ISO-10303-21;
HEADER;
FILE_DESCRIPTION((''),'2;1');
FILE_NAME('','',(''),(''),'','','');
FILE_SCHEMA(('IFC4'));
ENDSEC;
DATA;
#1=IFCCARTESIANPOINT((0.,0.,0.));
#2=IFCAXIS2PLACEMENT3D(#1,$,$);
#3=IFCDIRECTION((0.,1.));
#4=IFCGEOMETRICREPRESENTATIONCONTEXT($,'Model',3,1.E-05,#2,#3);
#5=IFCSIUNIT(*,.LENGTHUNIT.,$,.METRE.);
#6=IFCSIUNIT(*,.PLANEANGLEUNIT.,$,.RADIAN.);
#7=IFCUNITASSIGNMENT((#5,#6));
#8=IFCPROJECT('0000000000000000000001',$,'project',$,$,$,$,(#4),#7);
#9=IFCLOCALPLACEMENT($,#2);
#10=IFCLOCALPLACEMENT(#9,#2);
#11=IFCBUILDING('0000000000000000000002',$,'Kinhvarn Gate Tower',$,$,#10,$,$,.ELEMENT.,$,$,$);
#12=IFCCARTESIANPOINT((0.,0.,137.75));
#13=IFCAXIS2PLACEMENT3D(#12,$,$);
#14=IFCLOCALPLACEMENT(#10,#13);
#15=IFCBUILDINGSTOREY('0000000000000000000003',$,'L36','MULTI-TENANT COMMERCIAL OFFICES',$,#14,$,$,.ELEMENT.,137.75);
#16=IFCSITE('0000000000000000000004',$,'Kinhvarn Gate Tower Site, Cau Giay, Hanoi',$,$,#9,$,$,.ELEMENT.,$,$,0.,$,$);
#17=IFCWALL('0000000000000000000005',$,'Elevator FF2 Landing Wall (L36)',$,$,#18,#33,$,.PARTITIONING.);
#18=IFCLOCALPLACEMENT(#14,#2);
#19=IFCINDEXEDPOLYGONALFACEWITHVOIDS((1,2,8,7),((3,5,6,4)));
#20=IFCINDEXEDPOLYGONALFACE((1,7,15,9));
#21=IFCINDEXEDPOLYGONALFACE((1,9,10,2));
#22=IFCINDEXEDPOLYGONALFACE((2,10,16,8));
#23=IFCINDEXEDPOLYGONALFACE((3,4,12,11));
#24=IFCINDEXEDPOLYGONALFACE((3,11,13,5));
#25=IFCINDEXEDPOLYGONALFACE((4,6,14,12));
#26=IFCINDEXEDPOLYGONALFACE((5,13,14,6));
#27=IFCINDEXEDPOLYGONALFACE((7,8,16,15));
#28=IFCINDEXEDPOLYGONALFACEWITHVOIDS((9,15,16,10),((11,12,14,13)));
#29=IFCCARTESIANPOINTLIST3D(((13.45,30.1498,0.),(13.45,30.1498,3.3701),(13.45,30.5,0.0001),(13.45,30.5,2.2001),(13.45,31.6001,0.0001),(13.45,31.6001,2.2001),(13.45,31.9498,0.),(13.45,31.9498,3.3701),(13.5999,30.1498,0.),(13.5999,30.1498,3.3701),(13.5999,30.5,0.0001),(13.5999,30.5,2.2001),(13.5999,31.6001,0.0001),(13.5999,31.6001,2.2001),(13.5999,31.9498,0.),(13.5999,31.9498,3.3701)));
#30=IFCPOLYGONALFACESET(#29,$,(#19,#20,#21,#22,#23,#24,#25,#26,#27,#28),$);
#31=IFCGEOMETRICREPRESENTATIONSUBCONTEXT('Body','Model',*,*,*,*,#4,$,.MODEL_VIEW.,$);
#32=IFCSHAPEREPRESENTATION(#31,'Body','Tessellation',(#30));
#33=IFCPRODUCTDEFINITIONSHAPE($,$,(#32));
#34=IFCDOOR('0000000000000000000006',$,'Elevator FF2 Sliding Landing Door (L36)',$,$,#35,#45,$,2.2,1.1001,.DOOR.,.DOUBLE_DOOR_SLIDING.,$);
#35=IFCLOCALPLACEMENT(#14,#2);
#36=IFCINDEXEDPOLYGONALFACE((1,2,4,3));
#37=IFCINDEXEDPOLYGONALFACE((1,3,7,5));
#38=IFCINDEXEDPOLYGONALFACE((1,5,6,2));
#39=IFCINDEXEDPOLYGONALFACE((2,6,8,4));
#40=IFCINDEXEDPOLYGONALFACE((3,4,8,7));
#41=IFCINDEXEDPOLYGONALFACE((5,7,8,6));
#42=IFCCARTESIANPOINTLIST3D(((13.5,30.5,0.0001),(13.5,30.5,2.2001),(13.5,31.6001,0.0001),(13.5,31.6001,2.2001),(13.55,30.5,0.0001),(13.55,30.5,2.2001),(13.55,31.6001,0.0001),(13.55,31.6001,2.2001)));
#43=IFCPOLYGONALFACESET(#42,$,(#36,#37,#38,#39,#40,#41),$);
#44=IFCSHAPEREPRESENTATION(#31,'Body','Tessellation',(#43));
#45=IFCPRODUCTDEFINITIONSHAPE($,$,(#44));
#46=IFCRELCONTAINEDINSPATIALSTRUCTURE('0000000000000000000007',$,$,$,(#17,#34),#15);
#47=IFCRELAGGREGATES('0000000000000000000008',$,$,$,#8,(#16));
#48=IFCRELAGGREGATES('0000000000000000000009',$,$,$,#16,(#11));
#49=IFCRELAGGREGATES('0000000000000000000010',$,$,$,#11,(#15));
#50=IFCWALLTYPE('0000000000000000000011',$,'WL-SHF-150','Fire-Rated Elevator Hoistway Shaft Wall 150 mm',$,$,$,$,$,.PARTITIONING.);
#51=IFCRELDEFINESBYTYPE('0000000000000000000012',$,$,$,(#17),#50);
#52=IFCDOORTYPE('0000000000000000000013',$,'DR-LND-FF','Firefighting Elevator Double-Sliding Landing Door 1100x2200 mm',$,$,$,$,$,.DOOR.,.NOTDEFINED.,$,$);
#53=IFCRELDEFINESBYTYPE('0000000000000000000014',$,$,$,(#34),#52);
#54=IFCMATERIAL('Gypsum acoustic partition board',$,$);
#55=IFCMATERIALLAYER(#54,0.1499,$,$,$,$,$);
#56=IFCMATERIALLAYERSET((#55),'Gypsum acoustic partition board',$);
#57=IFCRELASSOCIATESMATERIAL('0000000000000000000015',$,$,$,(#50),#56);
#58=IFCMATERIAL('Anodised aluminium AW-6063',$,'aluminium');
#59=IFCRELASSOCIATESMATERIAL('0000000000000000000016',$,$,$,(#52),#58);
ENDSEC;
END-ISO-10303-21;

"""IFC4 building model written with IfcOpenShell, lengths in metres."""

from ifc_helpers import new_model, si_unit, direction, frame, frame_2d, origin, place, context, subcontext, project, spatial, rectangle, extrude, material, layer, layer_set, type_object, element, fill, save


model = new_model("IFC4")

# Units and contexts
model_context = context("Model", 3, precision=1e-05, world=origin(), true_north=direction((0.0, 1.0)))
body_context = subcontext(model_context, "Body", "Model", "MODEL_VIEW")
ifc_project = project(units=[si_unit("LENGTHUNIT", "METRE"), si_unit("PLANEANGLEUNIT", "RADIAN")], contexts=[model_context])

# Site, building, storey
site_placement = place(None, origin())
site = spatial("IfcSite", under=ifc_project, at=site_placement, Name="Kinhvarn Gate Tower Site, Cau Giay, Hanoi", CompositionType="ELEMENT", RefElevation=0.0)
building_placement = place(site_placement, origin())
building = spatial("IfcBuilding", under=site, at=building_placement, Name="Kinhvarn Gate Tower", CompositionType="ELEMENT")
storey_placement = place(building_placement, frame((0.0, 0.0, 137.75)))
storey = spatial("IfcBuildingStorey", under=building, at=storey_placement, Name="L36", Description="MULTI-TENANT COMMERCIAL OFFICES", CompositionType="ELEMENT", Elevation=137.75)

# Shared definitions
ifc_material_1 = material(Name="Gypsum acoustic partition board")

# Shared definitions
ifc_layer_1 = layer(ifc_material_1, 0.1499)
ifc_layer_set_1 = layer_set([ifc_layer_1], Name="Gypsum acoustic partition board")
wall_type_1 = type_object("IfcWallType", Name="WL-SHF-150", Description="Fire-Rated Elevator Hoistway Shaft Wall 150 mm", PredefinedType="PARTITIONING", material=ifc_layer_set_1)
ifc_material_2 = material(Name="Anodised aluminium AW-6063", Category="aluminium")

# Wall, opening, door
wall_1_placement = place(storey_placement, frame((13.5249, 30.1499, 0.0), z_axis=(0.0, 0.0, 1.0), x_axis=(0.0, 1.0, 0.0)))
wall_1 = element("IfcWall", 1, at=wall_1_placement, inside=storey, type_object=wall_type_1, Name="Elevator FF2 Landing Wall (L36)", PredefinedType="PARTITIONING", context=body_context, shape_type="SweptSolid", body=[
    extrude(rectangle(XDim=1.8, YDim=0.1499, at=frame_2d((0.8999, 0.0))), origin(), (0.0, 0.0, 1.0), 3.3701),
])
opening_1_placement = place(wall_1_placement, frame((0.3501, 0.0, 0.0)))
opening_1 = element("IfcOpeningElement", 2, at=opening_1_placement, cuts=wall_1, PredefinedType="OPENING", context=body_context, shape_type="SweptSolid", body=[
    extrude(rectangle(XDim=1.1001, YDim=2.2, at=frame_2d((0.55, 1.1001))), frame((0.0, 0.085, 0.0), z_axis=(0.0, -1.0, 0.0), x_axis=(1.0, 0.0, 0.0)), (0.0, 0.0, 1.0), 0.1699),
])
door_type_1 = type_object("IfcDoorType", Name="DR-LND-FF", Description="Firefighting Elevator Double-Sliding Landing Door 1100x2200 mm", OperationType="NOTDEFINED", PredefinedType="DOOR", material=ifc_material_2)
door_1_placement = place(opening_1_placement, origin())
door_1 = element("IfcDoor", 3, at=door_1_placement, inside=storey, type_object=door_type_1, Name="Elevator FF2 Sliding Landing Door (L36)", OperationType="DOUBLE_DOOR_SLIDING", OverallHeight=2.2, OverallWidth=1.1001, PredefinedType="DOOR", context=body_context, shape_type="SweptSolid", body=[
    extrude(rectangle(XDim=1.1001, YDim=2.2, at=frame_2d((0.55, 1.1001))), frame((0.0, 0.0249, 0.0), z_axis=(0.0, -1.0, 0.0), x_axis=(1.0, 0.0, 0.0)), (0.0, 0.0, 1.0), 0.05),
])
fill(opening_1, door_1)

save(model, "model.ifc")
